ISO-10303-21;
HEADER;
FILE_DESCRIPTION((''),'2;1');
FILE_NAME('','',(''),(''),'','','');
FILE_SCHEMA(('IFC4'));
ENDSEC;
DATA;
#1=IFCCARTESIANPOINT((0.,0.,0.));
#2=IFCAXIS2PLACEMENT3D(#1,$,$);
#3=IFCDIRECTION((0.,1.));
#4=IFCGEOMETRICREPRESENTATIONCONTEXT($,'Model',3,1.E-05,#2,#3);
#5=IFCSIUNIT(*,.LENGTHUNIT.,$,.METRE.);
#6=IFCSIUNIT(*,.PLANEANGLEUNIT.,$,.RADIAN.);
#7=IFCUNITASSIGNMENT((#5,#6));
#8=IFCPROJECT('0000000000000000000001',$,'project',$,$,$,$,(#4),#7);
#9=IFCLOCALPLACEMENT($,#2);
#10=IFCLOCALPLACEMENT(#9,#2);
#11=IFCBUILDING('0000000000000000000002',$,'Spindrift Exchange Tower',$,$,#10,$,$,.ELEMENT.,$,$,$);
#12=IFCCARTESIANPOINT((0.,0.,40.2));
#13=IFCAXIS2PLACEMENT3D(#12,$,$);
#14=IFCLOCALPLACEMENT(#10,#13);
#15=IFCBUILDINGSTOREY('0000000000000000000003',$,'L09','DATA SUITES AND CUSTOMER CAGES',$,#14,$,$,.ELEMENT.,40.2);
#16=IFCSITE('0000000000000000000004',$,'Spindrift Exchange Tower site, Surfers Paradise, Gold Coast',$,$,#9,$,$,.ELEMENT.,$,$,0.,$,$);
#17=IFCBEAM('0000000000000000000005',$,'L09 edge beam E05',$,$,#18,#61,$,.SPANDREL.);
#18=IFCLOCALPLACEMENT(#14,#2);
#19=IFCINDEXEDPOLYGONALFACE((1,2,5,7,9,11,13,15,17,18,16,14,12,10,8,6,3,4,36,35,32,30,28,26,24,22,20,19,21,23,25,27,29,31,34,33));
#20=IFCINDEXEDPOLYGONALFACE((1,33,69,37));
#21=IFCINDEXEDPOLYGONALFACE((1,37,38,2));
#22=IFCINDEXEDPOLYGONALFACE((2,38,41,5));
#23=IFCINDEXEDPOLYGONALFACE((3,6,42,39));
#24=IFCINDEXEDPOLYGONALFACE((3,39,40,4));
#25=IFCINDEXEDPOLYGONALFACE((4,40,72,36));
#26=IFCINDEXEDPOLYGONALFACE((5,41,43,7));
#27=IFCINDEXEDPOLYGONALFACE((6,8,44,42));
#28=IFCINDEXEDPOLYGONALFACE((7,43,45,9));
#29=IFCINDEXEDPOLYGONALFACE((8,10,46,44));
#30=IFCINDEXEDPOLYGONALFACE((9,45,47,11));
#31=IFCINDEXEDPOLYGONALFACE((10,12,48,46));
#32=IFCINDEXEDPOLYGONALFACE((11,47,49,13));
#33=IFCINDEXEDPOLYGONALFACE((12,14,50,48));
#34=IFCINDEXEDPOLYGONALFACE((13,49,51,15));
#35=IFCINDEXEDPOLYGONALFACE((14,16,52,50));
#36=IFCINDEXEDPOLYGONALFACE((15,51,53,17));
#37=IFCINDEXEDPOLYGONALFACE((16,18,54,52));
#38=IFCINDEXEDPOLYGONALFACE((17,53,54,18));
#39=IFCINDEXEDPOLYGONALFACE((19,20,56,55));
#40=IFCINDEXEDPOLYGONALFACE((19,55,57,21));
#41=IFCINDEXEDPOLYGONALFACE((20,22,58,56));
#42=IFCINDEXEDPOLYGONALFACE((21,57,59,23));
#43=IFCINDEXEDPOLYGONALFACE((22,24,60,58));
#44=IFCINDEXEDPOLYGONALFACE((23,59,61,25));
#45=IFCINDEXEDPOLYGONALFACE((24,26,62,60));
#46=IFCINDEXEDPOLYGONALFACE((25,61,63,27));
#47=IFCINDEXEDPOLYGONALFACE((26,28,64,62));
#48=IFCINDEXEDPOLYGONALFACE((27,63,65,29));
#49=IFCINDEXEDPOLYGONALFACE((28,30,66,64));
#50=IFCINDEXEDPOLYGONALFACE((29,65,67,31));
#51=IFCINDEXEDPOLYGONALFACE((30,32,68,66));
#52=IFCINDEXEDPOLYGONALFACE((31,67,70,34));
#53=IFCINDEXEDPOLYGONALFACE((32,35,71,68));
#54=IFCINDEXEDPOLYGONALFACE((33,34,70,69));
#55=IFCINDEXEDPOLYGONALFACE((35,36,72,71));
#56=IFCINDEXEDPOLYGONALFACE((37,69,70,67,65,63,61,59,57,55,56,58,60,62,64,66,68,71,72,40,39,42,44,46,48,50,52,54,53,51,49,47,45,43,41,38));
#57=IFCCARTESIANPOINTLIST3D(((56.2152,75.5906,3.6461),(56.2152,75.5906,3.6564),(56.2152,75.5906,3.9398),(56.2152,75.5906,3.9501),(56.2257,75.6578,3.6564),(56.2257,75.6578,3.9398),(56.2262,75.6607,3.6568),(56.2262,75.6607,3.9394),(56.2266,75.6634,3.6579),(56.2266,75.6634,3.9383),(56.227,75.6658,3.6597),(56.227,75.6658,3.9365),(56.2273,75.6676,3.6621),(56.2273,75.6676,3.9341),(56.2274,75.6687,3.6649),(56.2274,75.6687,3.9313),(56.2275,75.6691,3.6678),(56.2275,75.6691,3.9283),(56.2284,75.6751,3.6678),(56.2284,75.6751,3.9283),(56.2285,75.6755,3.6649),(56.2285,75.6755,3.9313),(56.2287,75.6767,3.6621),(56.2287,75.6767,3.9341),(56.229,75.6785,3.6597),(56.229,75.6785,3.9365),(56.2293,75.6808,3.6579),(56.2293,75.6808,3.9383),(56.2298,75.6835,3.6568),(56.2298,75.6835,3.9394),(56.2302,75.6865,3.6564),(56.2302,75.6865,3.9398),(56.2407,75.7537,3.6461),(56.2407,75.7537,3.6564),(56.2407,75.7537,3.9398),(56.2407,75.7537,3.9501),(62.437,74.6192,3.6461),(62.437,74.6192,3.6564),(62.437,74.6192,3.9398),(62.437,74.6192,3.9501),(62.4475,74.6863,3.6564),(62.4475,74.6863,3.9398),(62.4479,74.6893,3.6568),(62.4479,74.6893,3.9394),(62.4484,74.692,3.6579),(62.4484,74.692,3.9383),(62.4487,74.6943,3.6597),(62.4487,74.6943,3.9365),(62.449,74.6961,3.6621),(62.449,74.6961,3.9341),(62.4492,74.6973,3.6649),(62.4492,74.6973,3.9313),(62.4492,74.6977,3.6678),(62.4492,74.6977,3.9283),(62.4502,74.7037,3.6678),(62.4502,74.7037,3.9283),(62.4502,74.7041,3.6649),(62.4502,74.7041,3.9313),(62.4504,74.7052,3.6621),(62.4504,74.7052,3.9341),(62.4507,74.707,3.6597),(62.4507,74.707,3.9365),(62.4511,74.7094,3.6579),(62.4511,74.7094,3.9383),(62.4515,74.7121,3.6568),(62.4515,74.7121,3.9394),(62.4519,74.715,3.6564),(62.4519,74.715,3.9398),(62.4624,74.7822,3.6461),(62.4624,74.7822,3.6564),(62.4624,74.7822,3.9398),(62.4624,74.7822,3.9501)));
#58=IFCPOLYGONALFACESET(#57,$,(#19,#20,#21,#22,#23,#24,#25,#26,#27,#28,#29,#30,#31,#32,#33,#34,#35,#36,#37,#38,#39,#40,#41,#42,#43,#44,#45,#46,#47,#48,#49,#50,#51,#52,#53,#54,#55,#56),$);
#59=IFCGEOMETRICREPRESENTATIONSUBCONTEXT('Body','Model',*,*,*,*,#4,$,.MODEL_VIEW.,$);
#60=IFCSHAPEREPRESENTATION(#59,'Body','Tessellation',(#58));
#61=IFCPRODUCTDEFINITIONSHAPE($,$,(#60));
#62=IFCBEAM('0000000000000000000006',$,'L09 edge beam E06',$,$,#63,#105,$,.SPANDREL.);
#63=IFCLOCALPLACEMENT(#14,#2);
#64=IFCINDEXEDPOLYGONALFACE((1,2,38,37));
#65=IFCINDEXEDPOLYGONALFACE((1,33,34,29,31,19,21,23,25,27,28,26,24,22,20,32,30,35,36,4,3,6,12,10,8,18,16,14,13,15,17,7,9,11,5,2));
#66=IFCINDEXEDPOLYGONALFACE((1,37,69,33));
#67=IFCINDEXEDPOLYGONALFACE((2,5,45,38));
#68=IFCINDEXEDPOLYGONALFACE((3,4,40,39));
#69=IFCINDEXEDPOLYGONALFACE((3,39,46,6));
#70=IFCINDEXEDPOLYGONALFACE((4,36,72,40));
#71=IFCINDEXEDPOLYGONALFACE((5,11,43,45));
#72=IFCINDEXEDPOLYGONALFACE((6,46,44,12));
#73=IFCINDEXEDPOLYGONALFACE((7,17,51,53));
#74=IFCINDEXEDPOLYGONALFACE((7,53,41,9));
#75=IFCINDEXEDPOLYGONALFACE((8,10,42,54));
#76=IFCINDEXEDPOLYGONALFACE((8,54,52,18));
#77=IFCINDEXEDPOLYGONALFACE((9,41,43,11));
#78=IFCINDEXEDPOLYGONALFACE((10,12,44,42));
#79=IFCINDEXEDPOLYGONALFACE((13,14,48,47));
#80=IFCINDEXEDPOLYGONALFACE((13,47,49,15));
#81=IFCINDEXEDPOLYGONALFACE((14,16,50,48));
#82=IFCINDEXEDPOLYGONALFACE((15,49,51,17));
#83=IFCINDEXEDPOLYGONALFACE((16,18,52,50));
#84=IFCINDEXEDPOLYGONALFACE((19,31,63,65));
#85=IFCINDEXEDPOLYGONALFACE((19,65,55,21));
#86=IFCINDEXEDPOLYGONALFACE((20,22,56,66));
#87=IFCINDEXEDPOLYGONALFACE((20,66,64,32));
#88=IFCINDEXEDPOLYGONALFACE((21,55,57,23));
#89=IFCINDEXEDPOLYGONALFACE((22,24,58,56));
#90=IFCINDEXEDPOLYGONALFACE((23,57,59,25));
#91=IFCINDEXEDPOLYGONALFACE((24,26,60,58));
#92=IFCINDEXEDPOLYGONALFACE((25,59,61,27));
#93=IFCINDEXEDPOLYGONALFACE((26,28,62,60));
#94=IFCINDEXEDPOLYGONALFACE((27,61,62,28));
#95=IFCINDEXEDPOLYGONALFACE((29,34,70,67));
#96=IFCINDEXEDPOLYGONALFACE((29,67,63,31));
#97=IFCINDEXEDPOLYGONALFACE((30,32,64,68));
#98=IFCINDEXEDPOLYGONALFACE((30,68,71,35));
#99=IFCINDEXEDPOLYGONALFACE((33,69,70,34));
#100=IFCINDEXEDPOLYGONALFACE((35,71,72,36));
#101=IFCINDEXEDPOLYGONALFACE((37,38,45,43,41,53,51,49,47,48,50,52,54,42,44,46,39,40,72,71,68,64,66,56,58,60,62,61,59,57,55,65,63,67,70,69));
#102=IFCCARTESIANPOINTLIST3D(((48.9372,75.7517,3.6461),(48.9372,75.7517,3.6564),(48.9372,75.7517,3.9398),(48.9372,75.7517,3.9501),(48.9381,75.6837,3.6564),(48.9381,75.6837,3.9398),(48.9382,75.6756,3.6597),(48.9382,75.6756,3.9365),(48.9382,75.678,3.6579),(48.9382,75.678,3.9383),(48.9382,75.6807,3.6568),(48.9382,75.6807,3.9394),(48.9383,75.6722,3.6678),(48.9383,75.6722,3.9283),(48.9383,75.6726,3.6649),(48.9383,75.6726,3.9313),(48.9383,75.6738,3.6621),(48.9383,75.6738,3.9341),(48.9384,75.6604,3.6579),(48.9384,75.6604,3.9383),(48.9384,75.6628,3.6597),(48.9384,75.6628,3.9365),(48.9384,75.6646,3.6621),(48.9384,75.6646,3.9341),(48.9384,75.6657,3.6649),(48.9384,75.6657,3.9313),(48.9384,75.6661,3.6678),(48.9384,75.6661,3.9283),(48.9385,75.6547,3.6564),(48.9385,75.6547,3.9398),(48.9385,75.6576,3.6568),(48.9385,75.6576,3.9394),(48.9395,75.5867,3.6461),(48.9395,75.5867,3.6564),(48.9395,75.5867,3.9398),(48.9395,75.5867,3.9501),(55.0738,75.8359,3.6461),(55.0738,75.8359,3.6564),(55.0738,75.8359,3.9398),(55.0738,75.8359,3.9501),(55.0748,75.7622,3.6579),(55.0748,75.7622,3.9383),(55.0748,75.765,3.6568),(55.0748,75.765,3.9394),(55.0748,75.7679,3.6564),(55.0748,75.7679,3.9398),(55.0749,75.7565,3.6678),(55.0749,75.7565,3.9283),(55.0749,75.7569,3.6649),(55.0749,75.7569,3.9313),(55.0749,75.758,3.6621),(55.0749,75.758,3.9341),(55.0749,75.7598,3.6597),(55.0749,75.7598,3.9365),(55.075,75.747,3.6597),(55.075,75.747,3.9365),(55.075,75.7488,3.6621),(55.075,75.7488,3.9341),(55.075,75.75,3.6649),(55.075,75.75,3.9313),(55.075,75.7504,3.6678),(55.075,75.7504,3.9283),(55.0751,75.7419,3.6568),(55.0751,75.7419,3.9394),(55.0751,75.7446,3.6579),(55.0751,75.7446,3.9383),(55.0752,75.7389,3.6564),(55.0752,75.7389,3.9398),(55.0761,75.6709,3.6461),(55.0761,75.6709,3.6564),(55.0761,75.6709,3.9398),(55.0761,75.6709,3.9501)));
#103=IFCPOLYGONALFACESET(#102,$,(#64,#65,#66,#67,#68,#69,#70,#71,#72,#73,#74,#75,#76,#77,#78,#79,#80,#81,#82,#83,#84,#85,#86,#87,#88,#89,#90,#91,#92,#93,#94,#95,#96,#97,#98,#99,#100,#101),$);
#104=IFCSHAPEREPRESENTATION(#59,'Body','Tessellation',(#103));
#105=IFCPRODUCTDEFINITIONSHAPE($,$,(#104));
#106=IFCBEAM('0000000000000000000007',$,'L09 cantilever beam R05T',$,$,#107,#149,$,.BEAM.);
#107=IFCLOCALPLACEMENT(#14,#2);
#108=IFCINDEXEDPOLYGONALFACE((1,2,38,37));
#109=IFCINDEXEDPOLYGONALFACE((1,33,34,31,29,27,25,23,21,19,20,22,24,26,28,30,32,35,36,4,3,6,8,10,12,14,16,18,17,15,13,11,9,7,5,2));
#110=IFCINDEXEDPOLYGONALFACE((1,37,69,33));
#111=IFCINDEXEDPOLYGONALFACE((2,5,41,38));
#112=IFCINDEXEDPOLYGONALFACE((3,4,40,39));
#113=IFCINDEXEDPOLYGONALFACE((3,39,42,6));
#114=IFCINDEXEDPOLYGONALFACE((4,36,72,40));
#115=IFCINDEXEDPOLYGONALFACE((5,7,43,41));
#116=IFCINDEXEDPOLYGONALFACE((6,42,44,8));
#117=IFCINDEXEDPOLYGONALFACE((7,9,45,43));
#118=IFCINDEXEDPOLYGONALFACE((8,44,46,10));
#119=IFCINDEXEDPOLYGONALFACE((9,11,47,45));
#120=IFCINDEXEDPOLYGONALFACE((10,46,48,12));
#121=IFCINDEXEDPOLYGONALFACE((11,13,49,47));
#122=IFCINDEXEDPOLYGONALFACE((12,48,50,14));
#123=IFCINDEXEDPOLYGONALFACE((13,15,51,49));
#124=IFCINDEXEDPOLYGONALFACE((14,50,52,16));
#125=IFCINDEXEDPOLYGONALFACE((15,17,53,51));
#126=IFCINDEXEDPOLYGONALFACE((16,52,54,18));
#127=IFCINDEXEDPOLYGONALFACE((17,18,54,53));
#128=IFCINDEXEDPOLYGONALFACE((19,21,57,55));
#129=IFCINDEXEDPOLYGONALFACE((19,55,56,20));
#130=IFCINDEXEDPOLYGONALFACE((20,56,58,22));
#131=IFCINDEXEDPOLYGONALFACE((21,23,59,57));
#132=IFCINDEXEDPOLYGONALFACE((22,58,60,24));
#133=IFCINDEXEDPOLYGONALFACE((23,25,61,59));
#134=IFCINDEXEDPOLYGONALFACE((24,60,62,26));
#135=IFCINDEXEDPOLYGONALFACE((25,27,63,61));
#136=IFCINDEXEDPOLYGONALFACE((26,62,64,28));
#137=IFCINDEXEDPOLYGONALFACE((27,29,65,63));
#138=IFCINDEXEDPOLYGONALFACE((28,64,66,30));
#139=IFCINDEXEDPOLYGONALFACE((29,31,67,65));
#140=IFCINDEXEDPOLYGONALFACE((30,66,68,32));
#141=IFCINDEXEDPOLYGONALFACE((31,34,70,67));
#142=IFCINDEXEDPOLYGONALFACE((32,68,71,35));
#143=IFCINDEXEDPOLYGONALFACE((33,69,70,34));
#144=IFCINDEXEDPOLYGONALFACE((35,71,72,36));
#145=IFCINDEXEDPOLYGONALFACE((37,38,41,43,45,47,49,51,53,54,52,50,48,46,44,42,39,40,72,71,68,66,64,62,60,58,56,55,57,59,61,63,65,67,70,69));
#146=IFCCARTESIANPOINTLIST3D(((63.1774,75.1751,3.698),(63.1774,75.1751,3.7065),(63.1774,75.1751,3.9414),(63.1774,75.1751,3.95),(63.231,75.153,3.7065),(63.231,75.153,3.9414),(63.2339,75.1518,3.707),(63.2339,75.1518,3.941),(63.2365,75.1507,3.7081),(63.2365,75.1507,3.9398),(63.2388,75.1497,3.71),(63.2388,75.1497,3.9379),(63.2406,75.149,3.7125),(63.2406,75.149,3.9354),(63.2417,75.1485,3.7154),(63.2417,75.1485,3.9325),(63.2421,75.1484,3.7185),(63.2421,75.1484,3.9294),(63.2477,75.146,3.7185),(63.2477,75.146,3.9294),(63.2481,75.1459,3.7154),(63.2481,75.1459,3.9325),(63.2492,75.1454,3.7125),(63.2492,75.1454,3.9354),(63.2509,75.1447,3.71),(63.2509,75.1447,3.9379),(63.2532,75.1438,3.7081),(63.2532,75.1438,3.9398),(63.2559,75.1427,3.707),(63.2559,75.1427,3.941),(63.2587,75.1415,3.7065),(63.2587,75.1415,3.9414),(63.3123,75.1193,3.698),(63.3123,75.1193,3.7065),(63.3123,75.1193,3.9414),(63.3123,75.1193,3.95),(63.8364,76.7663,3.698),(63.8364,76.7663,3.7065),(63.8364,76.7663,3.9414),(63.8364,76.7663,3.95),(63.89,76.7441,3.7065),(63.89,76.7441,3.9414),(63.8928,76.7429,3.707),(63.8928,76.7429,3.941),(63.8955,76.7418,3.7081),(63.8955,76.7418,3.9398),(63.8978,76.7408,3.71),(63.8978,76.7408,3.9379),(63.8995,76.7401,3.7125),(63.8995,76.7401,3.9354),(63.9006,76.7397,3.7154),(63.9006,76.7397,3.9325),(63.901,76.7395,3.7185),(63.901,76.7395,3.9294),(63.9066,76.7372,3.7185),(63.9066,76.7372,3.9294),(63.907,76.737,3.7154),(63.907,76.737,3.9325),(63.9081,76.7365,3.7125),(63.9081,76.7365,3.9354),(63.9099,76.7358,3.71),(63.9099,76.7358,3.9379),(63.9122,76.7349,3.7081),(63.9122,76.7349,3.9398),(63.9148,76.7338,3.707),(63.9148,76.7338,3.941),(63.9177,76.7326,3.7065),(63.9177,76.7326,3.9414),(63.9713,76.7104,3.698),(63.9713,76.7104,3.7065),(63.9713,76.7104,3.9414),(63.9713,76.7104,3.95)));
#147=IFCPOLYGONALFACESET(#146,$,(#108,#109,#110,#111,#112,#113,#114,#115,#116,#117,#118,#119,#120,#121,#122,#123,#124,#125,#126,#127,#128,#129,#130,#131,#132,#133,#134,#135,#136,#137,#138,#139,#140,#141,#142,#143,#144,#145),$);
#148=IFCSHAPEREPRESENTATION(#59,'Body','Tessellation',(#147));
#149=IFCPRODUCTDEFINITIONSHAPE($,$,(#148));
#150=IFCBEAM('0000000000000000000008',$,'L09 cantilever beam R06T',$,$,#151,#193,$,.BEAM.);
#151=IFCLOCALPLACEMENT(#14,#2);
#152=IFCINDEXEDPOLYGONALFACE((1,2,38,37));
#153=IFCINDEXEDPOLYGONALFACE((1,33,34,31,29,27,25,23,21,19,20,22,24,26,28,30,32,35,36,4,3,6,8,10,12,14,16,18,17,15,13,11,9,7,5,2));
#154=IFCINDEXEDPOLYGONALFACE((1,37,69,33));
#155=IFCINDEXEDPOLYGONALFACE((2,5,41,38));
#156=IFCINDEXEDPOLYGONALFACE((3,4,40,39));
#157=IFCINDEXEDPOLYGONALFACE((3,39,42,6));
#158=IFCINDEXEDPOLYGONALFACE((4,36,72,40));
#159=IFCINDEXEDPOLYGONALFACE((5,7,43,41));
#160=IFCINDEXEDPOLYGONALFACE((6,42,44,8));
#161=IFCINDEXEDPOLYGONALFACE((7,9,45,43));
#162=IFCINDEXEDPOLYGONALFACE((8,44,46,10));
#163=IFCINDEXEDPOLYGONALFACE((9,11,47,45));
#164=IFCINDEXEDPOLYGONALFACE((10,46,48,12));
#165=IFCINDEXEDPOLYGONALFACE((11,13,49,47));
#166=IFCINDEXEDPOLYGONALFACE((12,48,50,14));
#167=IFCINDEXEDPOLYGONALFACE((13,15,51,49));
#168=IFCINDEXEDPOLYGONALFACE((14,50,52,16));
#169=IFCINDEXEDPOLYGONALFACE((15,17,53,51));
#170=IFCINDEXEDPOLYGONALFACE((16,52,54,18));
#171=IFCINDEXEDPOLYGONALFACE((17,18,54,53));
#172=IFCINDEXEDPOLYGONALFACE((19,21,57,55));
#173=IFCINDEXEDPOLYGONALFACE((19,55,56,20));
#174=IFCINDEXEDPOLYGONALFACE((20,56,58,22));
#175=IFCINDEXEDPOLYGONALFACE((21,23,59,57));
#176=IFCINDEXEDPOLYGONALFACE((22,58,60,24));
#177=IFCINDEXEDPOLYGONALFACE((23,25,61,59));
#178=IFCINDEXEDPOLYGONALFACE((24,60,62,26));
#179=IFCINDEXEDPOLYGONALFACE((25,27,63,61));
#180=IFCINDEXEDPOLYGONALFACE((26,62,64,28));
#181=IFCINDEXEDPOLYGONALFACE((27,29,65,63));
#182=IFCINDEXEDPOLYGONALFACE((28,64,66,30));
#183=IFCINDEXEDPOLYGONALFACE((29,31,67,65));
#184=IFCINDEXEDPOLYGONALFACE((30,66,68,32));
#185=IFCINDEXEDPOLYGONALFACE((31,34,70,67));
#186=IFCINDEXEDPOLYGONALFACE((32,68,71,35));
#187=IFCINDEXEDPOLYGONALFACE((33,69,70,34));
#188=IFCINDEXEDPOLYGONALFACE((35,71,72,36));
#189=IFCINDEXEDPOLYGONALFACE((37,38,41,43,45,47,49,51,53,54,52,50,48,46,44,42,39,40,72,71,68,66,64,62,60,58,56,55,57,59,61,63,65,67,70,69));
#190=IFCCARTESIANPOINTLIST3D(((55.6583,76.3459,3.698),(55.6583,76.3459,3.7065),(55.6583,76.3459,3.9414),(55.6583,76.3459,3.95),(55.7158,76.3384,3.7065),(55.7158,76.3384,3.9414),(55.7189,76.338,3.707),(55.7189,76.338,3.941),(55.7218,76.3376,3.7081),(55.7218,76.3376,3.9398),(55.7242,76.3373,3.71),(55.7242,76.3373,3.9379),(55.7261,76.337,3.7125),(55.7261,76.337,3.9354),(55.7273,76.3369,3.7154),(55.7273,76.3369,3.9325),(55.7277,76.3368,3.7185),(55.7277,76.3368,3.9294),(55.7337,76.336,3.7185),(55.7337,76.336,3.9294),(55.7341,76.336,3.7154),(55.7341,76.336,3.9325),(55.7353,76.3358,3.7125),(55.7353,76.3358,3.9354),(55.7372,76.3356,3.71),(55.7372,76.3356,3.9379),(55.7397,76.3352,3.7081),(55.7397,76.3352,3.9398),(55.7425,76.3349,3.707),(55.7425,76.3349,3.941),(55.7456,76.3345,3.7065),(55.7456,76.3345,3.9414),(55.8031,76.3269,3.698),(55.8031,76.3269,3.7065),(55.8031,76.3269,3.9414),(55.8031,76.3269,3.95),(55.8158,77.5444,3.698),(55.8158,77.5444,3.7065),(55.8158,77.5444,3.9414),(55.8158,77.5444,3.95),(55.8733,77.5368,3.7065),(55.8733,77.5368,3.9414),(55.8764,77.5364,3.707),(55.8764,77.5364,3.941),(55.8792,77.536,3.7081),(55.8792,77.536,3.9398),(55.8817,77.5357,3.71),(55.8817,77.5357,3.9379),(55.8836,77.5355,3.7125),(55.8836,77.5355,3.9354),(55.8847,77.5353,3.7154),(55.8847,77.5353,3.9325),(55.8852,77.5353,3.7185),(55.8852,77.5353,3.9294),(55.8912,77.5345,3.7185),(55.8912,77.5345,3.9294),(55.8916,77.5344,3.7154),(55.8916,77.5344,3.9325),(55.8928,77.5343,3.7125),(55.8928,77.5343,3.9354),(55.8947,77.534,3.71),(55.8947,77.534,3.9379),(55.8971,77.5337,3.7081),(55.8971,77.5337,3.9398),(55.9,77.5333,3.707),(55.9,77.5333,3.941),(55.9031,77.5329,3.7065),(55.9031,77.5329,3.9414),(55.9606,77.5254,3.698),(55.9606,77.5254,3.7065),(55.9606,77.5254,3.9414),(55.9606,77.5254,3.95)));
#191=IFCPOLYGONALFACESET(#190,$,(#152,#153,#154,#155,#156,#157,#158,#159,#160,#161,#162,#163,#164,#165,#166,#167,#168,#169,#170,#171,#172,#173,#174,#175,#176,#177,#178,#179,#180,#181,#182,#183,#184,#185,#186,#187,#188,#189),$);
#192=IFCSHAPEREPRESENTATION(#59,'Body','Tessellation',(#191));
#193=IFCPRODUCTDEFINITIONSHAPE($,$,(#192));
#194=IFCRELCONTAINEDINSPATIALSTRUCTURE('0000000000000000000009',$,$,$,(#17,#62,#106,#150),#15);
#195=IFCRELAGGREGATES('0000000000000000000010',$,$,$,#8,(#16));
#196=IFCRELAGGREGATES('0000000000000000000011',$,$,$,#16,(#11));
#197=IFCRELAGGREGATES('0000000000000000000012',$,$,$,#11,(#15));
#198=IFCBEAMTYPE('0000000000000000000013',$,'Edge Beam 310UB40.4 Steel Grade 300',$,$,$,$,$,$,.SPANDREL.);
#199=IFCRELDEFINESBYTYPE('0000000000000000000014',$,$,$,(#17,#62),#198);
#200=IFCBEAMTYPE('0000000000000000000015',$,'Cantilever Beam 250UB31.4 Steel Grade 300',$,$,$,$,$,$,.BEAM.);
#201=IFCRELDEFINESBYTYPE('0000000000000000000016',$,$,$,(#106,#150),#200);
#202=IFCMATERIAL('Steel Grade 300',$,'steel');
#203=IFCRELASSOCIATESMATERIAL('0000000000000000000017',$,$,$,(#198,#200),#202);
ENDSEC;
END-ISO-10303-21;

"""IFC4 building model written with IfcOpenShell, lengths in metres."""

from ifc_helpers import new_model, si_unit, direction, frame, origin, origin_2d, place, context, subcontext, project, spatial, i_section, extrude, source, transform, mapped, material, material_profile, profile_set, type_object, element, save


model = new_model("IFC4")

# Units and contexts
model_context = context("Model", 3, precision=1e-05, world=origin(), true_north=direction((0.0, 1.0)))
body_context = subcontext(model_context, "Body", "Model", "MODEL_VIEW")
ifc_project = project(units=[si_unit("LENGTHUNIT", "METRE"), si_unit("PLANEANGLEUNIT", "RADIAN")], contexts=[model_context])

# Site, building, storey
site_placement = place(None, origin())
site = spatial("IfcSite", under=ifc_project, at=site_placement, Name="Spindrift Exchange Tower site, Surfers Paradise, Gold Coast", CompositionType="ELEMENT", RefElevation=0.0)
building_placement = place(site_placement, origin())
building = spatial("IfcBuilding", under=site, at=building_placement, Name="Spindrift Exchange Tower", CompositionType="ELEMENT")
storey_placement = place(building_placement, frame((0.0, 0.0, 40.2)))
storey = spatial("IfcBuildingStorey", under=building, at=storey_placement, Name="L09", Description="DATA SUITES AND CUSTOMER CAGES", CompositionType="ELEMENT", Elevation=40.2)

# Beams
ifc_material_1 = material(Name="Steel Grade 300", Category="steel")
ifc_material_profile_1 = material_profile(ifc_material_1, i_section(OverallWidth=0.165, OverallDepth=0.304, WebThickness=0.0061, FlangeThickness=0.0103, FilletRadius=0.0115, at=origin_2d()), Name="310UB40.4")
ifc_profile_set_1 = profile_set([ifc_material_profile_1], Name="Steel Grade 300")
beam_type_1 = type_object("IfcBeamType", Name="Edge Beam 310UB40.4 Steel Grade 300", PredefinedType="SPANDREL", material=ifc_profile_set_1)
shared_shape_1 = source(origin(), body_context, "Body", "SweptSolid", [
    extrude(i_section(OverallWidth=0.165, OverallDepth=0.304, WebThickness=0.0061, FlangeThickness=0.0103, FilletRadius=0.0115, at=origin_2d()), origin(), (0.0, 0.0, 1.0), 6.2971),
])
beam_1_placement = place(storey_placement, frame((62.4497, 74.7007, 3.7981), z_axis=(-0.988029, 0.154268, 0.0), x_axis=(-0.154268, -0.988029, 0.0)))
element("IfcBeam", 1, at=beam_1_placement, inside=storey, type_object=beam_type_1, Name="L09 edge beam E05", PredefinedType="SPANDREL", context=body_context, shape_type="MappedRepresentation", body=[
    mapped(shared_shape_1, transform((0.0, 0.0, 0.0), scale=1.0)),
])
shared_shape_2 = source(origin(), body_context, "Body", "SweptSolid", [
    extrude(i_section(OverallWidth=0.165, OverallDepth=0.304, WebThickness=0.0061, FlangeThickness=0.0103, FilletRadius=0.0115, at=origin_2d()), origin(), (0.0, 0.0, 1.0), 6.1372),
])
beam_2_placement = place(storey_placement, frame((55.075, 75.7534, 3.7981), z_axis=(-0.999906, -0.013724, 0.0), x_axis=(0.013724, -0.999906, 0.0)))
element("IfcBeam", 2, at=beam_2_placement, inside=storey, type_object=beam_type_1, Name="L09 edge beam E06", PredefinedType="SPANDREL", context=body_context, shape_type="MappedRepresentation", body=[
    mapped(shared_shape_2, transform((0.0, 0.0, 0.0), scale=1.0)),
])
ifc_material_profile_2 = material_profile(ifc_material_1, i_section(OverallWidth=0.146, OverallDepth=0.252, WebThickness=0.0061, FlangeThickness=0.0085, FilletRadius=0.012, at=origin_2d()), Name="250UB31.4")
ifc_profile_set_2 = profile_set([ifc_material_profile_2], Name="Steel Grade 300")
beam_type_2 = type_object("IfcBeamType", Name="Cantilever Beam 250UB31.4 Steel Grade 300", PredefinedType="BEAM", material=ifc_profile_set_2)
shared_shape_3 = source(origin(), body_context, "Body", "SweptSolid", [
    extrude(i_section(OverallWidth=0.146, OverallDepth=0.252, WebThickness=0.0061, FlangeThickness=0.0085, FilletRadius=0.012, at=origin_2d()), origin(), (0.0, 0.0, 1.0), 1.7222),
])
beam_3_placement = place(storey_placement, frame((63.2449, 75.1472, 3.824), z_axis=(0.382631, 0.923901, 0.0), x_axis=(-0.923901, 0.382631, 0.0)))
element("IfcBeam", 3, at=beam_3_placement, inside=storey, type_object=beam_type_2, Name="L09 cantilever beam R05T", PredefinedType="BEAM", context=body_context, shape_type="MappedRepresentation", body=[
    mapped(shared_shape_3, transform((0.0, 0.0, 0.0), scale=1.0)),
])
shared_shape_4 = source(origin(), body_context, "Body", "SweptSolid", [
    extrude(i_section(OverallWidth=0.146, OverallDepth=0.252, WebThickness=0.0061, FlangeThickness=0.0085, FilletRadius=0.012, at=origin_2d()), origin(), (0.0, 0.0, 1.0), 1.2087),
])
beam_4_placement = place(storey_placement, frame((55.7307, 76.3364, 3.824), z_axis=(0.130272, 0.991478, 0.0), x_axis=(-0.991478, 0.130272, 0.0)))
element("IfcBeam", 4, at=beam_4_placement, inside=storey, type_object=beam_type_2, Name="L09 cantilever beam R06T", PredefinedType="BEAM", context=body_context, shape_type="MappedRepresentation", body=[
    mapped(shared_shape_4, transform((0.0, 0.0, 0.0), scale=1.0)),
])

save(model, "model.ifc")
